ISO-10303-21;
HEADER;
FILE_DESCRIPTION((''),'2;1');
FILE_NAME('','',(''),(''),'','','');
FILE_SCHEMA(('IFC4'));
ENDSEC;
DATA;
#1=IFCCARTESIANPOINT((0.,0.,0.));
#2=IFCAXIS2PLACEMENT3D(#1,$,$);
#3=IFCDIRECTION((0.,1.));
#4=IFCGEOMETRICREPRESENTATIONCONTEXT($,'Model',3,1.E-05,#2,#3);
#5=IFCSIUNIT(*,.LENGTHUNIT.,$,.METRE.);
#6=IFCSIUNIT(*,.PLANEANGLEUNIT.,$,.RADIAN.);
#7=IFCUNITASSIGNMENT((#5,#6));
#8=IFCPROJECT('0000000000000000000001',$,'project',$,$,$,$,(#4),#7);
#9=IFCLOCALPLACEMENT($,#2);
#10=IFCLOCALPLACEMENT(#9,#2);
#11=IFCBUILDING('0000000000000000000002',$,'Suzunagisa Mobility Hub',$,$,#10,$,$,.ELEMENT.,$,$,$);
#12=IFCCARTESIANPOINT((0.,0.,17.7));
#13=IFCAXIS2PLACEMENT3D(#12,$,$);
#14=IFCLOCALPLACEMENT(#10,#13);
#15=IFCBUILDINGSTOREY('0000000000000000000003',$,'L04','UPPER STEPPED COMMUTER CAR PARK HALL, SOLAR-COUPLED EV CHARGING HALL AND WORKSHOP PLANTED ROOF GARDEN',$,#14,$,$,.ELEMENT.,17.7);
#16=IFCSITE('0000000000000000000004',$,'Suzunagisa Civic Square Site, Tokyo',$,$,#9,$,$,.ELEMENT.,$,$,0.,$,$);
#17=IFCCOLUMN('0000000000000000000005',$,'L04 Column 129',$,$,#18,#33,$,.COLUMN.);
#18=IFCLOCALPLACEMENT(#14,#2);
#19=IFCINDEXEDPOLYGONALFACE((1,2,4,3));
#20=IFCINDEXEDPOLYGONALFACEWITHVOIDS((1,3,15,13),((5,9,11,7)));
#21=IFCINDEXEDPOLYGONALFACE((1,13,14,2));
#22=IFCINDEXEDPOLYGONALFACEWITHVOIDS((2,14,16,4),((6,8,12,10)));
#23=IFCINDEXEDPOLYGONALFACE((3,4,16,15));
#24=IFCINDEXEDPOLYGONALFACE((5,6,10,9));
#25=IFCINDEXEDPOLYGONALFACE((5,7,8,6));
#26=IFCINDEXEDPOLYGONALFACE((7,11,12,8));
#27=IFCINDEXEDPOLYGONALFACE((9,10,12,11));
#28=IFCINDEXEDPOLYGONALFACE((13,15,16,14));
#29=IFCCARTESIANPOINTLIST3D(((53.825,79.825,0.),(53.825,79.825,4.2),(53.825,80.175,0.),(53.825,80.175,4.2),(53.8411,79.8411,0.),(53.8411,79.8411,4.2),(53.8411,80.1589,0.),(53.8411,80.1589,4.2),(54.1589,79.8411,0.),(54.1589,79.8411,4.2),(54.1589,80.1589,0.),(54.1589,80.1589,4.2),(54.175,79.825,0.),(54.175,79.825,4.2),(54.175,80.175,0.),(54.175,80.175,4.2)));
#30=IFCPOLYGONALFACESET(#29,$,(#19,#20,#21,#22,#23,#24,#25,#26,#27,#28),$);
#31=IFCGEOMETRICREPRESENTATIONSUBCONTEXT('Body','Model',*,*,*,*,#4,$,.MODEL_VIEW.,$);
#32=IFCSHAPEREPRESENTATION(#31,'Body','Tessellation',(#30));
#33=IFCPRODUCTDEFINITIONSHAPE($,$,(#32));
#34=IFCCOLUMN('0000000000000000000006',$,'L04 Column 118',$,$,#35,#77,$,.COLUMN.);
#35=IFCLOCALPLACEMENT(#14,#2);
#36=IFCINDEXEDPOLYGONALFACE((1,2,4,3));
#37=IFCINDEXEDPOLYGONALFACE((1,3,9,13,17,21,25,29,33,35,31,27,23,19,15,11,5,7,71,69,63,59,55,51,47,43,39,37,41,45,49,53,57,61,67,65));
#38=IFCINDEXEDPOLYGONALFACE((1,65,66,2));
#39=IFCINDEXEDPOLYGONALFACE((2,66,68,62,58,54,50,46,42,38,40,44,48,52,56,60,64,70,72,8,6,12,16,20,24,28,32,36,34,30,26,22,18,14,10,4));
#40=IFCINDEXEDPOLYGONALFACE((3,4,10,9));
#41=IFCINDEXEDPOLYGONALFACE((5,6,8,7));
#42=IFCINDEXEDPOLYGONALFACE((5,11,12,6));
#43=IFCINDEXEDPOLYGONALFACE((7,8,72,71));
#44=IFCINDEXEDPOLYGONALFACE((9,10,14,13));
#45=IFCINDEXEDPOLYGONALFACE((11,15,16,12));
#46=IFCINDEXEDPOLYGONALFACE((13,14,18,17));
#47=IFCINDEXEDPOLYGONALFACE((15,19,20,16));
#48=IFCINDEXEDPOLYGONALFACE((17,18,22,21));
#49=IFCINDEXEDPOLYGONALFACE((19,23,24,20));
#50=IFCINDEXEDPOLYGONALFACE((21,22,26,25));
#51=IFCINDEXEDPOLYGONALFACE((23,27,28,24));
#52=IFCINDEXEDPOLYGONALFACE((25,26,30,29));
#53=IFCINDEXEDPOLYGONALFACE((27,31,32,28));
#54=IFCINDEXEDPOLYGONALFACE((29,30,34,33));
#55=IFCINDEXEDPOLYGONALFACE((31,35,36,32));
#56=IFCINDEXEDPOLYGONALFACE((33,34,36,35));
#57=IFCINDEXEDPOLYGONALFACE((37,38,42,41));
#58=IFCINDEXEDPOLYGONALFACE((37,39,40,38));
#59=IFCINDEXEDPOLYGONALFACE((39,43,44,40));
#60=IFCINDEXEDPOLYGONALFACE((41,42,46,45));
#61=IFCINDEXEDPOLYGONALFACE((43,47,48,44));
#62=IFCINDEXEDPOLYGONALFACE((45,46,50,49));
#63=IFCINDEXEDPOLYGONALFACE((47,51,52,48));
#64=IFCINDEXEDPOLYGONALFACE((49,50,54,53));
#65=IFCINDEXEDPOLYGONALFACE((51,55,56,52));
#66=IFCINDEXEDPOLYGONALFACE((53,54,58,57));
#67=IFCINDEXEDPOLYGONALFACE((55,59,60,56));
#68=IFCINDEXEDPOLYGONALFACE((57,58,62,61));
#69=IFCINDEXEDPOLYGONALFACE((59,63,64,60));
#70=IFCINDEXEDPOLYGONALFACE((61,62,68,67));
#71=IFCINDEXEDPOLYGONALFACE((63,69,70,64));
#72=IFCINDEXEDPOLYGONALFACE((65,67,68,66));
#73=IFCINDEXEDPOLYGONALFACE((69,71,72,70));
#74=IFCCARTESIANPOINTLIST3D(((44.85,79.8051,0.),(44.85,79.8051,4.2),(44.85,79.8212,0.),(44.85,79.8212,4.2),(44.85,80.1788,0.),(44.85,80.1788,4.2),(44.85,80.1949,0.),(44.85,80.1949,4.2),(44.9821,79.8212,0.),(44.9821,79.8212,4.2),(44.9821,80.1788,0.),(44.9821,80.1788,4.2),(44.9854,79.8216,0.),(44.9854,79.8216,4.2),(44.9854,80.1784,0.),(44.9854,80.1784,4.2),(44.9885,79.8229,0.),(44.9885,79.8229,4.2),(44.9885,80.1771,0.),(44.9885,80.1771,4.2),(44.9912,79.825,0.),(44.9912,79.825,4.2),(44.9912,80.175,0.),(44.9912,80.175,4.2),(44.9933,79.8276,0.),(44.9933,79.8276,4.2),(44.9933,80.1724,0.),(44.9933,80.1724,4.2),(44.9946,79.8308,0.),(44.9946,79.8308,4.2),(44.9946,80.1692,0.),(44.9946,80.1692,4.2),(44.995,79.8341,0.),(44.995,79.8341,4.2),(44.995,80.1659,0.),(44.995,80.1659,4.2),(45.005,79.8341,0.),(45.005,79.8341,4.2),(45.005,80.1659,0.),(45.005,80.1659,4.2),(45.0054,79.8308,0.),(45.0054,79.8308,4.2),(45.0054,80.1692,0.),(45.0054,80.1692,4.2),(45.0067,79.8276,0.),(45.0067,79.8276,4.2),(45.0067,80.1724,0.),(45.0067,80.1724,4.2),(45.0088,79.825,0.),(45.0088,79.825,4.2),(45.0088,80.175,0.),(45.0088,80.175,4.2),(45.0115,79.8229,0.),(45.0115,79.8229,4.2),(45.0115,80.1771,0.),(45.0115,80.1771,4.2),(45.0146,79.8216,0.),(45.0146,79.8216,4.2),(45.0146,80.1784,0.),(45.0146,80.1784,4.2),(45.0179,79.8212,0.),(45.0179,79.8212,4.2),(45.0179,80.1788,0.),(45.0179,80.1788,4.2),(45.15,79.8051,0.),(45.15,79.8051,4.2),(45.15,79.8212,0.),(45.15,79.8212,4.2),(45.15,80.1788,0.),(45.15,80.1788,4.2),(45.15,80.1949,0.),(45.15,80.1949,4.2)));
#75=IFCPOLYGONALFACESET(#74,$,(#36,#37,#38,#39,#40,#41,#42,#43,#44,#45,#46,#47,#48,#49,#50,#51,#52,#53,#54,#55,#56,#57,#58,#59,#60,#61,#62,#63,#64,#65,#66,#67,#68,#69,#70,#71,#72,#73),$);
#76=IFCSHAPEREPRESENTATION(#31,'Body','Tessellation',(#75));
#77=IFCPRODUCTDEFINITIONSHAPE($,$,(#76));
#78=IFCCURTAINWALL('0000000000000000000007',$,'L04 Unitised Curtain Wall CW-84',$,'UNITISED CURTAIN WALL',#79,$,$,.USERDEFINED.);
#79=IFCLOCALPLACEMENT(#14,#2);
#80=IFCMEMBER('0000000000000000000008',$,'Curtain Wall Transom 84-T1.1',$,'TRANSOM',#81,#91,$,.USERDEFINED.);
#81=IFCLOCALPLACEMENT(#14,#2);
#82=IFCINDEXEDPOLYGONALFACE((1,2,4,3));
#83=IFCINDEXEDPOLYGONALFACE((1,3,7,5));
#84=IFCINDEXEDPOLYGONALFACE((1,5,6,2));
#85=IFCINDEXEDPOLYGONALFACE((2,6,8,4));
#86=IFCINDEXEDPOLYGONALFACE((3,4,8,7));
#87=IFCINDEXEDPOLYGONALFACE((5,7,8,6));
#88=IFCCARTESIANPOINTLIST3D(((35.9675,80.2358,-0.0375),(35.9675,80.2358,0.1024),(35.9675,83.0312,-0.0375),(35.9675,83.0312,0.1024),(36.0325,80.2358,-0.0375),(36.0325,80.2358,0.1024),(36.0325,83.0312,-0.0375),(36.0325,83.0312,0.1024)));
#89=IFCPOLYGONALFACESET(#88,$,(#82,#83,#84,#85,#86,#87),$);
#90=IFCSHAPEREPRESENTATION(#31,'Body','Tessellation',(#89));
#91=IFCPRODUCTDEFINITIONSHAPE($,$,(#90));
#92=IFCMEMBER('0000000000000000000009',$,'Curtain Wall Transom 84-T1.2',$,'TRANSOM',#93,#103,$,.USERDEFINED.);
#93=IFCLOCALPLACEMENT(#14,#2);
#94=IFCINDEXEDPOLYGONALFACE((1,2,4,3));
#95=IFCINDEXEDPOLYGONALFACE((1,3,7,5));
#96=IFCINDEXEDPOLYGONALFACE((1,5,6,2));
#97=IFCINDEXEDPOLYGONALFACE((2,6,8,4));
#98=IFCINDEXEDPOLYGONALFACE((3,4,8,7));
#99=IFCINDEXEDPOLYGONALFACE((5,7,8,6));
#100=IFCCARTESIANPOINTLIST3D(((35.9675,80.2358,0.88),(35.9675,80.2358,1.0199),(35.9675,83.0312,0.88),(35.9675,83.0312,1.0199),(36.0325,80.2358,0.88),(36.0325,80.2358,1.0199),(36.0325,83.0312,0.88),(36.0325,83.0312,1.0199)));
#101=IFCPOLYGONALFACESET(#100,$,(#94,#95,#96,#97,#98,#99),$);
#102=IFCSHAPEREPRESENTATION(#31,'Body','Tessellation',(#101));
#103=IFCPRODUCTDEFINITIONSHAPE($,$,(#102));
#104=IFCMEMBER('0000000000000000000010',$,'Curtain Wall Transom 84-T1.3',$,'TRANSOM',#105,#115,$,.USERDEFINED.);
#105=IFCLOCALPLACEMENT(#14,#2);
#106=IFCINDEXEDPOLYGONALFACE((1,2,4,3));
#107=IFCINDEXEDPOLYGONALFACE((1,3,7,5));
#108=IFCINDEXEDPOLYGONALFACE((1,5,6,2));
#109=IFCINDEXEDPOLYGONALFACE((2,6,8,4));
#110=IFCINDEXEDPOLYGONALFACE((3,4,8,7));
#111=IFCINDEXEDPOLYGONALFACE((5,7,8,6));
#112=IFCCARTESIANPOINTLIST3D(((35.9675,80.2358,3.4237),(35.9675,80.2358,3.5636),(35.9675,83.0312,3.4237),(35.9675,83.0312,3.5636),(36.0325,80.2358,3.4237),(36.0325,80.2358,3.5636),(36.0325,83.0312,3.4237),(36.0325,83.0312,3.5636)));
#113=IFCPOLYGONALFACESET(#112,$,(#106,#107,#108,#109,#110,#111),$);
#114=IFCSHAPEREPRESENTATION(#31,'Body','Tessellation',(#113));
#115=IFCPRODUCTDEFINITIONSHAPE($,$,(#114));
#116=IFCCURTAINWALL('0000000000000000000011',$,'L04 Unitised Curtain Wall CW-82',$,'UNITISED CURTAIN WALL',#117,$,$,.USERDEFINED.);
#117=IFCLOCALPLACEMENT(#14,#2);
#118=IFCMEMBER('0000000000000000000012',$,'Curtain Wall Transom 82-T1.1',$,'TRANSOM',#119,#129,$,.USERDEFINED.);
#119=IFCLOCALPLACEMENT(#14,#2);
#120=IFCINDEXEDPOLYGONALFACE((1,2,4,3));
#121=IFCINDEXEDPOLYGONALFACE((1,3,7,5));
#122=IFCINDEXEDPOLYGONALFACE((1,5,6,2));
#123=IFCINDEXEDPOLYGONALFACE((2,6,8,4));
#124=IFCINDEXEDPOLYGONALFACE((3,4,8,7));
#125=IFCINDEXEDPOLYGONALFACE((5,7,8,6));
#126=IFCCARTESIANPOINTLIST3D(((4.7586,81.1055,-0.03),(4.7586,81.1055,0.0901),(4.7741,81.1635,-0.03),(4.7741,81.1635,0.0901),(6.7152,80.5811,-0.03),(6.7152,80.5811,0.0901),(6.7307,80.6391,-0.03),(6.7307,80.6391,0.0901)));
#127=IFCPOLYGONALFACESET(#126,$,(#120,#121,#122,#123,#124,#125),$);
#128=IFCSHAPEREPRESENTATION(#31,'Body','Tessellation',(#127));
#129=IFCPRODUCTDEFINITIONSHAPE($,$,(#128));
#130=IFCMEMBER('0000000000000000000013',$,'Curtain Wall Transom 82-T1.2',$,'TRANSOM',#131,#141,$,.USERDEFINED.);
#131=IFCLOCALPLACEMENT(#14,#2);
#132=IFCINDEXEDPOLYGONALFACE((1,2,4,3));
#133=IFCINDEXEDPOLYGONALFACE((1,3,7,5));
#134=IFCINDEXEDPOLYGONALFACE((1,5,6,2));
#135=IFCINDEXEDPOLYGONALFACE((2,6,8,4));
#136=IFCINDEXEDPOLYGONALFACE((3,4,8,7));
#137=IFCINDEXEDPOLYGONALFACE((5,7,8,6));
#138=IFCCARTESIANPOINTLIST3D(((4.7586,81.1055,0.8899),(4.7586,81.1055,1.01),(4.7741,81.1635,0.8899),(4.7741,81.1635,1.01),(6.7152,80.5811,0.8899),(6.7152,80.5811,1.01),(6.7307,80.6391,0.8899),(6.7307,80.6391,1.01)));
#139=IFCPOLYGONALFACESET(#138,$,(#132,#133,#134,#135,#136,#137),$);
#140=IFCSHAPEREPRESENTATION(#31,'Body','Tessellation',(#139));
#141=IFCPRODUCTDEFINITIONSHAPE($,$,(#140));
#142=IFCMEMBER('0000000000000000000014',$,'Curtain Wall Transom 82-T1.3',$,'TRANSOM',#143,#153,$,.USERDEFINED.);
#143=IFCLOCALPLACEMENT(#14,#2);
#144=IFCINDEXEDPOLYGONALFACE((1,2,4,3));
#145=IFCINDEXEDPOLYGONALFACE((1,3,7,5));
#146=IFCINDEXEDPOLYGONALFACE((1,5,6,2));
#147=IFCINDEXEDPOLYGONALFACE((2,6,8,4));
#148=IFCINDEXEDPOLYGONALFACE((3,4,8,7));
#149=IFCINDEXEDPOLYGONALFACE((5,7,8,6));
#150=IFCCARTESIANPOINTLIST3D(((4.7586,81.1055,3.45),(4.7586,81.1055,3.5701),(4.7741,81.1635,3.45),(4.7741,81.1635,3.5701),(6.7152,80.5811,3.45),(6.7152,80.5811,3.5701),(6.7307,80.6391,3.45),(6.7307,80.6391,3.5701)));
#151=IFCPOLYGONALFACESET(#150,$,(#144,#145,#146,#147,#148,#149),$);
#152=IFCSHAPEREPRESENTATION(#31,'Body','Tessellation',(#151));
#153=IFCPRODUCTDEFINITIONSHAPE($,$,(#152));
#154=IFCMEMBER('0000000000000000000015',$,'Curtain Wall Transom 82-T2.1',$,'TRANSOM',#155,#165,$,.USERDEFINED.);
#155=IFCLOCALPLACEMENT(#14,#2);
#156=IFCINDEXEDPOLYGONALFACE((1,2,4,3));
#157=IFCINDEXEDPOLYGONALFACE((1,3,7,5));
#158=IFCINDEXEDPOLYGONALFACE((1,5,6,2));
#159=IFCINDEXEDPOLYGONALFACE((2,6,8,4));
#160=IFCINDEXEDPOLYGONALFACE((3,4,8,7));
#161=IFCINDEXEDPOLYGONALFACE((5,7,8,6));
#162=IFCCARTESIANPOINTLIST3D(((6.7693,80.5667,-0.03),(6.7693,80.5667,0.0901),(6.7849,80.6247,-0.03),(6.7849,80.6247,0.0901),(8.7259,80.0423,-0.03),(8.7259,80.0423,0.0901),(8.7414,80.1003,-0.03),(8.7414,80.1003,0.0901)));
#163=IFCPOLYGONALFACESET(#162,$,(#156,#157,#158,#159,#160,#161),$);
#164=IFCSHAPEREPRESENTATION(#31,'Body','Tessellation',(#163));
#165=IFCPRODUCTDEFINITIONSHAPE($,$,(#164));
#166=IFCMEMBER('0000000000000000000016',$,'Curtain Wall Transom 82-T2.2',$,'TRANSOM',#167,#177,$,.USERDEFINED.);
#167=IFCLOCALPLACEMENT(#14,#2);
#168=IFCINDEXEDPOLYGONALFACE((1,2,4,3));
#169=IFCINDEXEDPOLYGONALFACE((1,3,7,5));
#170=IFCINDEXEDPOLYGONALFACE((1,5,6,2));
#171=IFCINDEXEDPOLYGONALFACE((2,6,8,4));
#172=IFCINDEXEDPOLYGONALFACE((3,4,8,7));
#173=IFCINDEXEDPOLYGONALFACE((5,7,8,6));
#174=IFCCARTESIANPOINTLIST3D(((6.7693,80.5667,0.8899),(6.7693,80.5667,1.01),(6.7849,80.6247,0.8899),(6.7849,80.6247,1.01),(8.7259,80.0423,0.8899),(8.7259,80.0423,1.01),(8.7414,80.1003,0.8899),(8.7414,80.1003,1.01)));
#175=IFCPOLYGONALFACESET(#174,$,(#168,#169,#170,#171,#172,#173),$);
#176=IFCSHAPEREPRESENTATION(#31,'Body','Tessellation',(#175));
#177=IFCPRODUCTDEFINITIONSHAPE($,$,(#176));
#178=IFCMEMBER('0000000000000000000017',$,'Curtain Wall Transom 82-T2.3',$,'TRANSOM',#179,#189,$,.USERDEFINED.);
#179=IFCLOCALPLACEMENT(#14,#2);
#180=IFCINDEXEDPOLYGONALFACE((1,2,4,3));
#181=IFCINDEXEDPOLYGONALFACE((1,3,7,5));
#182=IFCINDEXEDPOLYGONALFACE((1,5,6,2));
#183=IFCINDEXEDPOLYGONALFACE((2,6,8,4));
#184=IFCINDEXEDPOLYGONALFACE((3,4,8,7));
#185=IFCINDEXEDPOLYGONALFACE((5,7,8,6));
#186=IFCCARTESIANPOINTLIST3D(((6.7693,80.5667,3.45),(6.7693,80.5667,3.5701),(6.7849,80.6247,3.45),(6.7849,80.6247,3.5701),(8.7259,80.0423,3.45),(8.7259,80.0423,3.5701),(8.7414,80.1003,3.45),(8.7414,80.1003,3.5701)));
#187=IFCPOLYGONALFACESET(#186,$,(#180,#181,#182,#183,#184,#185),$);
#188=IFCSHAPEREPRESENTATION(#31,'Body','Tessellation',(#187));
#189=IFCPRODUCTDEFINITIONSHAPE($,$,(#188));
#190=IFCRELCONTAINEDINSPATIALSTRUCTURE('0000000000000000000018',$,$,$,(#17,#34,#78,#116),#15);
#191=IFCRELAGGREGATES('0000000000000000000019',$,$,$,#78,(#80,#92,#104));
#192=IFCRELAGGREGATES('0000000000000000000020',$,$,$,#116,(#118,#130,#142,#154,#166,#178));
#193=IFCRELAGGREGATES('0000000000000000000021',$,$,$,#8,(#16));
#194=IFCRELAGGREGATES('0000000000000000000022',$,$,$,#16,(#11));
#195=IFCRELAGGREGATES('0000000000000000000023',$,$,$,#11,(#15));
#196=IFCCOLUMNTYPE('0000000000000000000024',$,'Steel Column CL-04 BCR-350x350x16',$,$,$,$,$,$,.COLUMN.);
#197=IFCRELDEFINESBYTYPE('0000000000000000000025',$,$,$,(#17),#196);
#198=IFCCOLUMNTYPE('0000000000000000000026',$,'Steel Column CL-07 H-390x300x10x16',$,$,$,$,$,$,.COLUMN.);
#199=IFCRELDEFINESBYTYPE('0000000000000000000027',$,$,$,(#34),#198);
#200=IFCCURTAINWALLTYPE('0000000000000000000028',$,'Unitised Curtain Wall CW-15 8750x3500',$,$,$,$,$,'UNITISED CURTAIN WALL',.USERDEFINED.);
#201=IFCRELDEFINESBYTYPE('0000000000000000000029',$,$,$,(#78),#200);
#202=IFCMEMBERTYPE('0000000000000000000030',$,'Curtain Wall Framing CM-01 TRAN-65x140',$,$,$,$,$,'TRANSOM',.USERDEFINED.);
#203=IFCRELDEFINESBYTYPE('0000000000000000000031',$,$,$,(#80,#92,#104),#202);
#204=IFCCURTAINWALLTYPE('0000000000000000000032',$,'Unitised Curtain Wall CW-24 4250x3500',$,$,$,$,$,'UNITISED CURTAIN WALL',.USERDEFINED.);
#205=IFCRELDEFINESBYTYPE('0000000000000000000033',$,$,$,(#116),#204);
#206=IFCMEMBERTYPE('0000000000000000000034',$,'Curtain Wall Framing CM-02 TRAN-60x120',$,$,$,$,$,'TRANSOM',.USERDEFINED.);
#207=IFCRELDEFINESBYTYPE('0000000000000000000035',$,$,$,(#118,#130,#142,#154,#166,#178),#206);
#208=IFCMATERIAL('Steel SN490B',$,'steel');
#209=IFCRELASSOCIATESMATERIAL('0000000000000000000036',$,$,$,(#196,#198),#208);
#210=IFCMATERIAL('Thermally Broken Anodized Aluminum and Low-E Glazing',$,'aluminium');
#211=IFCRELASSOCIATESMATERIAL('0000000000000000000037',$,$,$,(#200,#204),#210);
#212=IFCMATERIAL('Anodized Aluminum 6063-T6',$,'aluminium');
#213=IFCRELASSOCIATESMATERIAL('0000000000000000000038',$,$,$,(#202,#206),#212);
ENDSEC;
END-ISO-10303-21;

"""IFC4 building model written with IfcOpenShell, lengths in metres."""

from ifc_helpers import new_model, si_unit, direction, frame, origin, origin_2d, place, context, subcontext, project, spatial, rectangle, hollow_rectangle, i_section, extrude, material, material_profile, profile_set, type_object, element, aggregate, save


model = new_model("IFC4")

# Units and contexts
model_context = context("Model", 3, precision=1e-05, world=origin(), true_north=direction((0.0, 1.0)))
body_context = subcontext(model_context, "Body", "Model", "MODEL_VIEW")
ifc_project = project(units=[si_unit("LENGTHUNIT", "METRE"), si_unit("PLANEANGLEUNIT", "RADIAN")], contexts=[model_context])

# Site, building, storey
site_placement = place(None, origin())
site = spatial("IfcSite", under=ifc_project, at=site_placement, Name="Suzunagisa Civic Square Site, Tokyo", CompositionType="ELEMENT", RefElevation=0.0)
building_placement = place(site_placement, origin())
building = spatial("IfcBuilding", under=site, at=building_placement, Name="Suzunagisa Mobility Hub", CompositionType="ELEMENT")
storey_placement = place(building_placement, frame((0.0, 0.0, 17.7)))
storey = spatial("IfcBuildingStorey", under=building, at=storey_placement, Name="L04", Description="UPPER STEPPED COMMUTER CAR PARK HALL, SOLAR-COUPLED EV CHARGING HALL AND WORKSHOP PLANTED ROOF GARDEN", CompositionType="ELEMENT", Elevation=17.7)

# Columns
ifc_material_1 = material(Name="Steel SN490B", Category="steel")
ifc_material_profile_1 = material_profile(ifc_material_1, hollow_rectangle(XDim=0.3501, YDim=0.3501, WallThickness=0.0161, at=origin_2d()), Name="BCR-350x350x16")
ifc_profile_set_1 = profile_set([ifc_material_profile_1], Name="Steel SN490B")
column_type_1 = type_object("IfcColumnType", Name="Steel Column CL-04 BCR-350x350x16", PredefinedType="COLUMN", material=ifc_profile_set_1)
column_1_placement = place(storey_placement, frame((54.0, 80.0, 0.0), z_axis=(0.0, 0.0, 1.0), x_axis=(1.0, 0.0, 0.0)))
element("IfcColumn", 1, at=column_1_placement, inside=storey, type_object=column_type_1, Name="L04 Column 129", PredefinedType="COLUMN", context=body_context, shape_type="SweptSolid", body=[
    extrude(hollow_rectangle(XDim=0.3501, YDim=0.3501, WallThickness=0.0161, at=origin_2d()), origin(), (0.0, 0.0, 1.0), 4.2),
])
ifc_material_profile_2 = material_profile(ifc_material_1, i_section(OverallWidth=0.3, OverallDepth=0.3899, WebThickness=0.01, FlangeThickness=0.0161, FilletRadius=0.0129, at=origin_2d()), Name="H-390x300x10x16")
ifc_profile_set_2 = profile_set([ifc_material_profile_2], Name="Steel SN490B")
column_type_2 = type_object("IfcColumnType", Name="Steel Column CL-07 H-390x300x10x16", PredefinedType="COLUMN", material=ifc_profile_set_2)
column_2_placement = place(storey_placement, frame((45.0, 80.0, 0.0), z_axis=(0.0, 0.0, 1.0), x_axis=(1.0, 0.0, 0.0)))
element("IfcColumn", 2, at=column_2_placement, inside=storey, type_object=column_type_2, Name="L04 Column 118", PredefinedType="COLUMN", context=body_context, shape_type="SweptSolid", body=[
    extrude(i_section(OverallWidth=0.3, OverallDepth=0.3899, WebThickness=0.01, FlangeThickness=0.0161, FilletRadius=0.0129, at=origin_2d()), origin(), (0.0, 0.0, 1.0), 4.2),
])

# Curtain walls, members
ifc_material_2 = material(Name="Thermally Broken Anodized Aluminum and Low-E Glazing", Category="aluminium")
curtain_wall_type_1 = type_object("IfcCurtainWallType", Name="Unitised Curtain Wall CW-15 8750x3500", ElementType="UNITISED CURTAIN WALL", PredefinedType="USERDEFINED", material=ifc_material_2)
curtain_wall_1_placement = place(storey_placement, origin())
curtain_wall_1 = element("IfcCurtainWall", 3, at=curtain_wall_1_placement, inside=storey, type_object=curtain_wall_type_1, Name="L04 Unitised Curtain Wall CW-84", ObjectType="UNITISED CURTAIN WALL", PredefinedType="USERDEFINED")
ifc_material_3 = material(Name="Anodized Aluminum 6063-T6", Category="aluminium")
ifc_material_profile_3 = material_profile(ifc_material_3, rectangle(XDim=0.0649, YDim=0.1399, at=origin_2d()), Name="TRAN-65x140")
ifc_profile_set_3 = profile_set([ifc_material_profile_3], Name="Anodized Aluminum 6063-T6")
member_type_1 = type_object("IfcMemberType", Name="Curtain Wall Framing CM-01 TRAN-65x140", ElementType="TRANSOM", PredefinedType="USERDEFINED", material=ifc_profile_set_3)
member_1_placement = place(storey_placement, frame((36.0, 80.2358, 0.0325), z_axis=(0.0, 1.0, 0.0), x_axis=(-1.0, 0.0, 0.0)))
member_1 = element("IfcMember", 4, at=member_1_placement, type_object=member_type_1, Name="Curtain Wall Transom 84-T1.1", ObjectType="TRANSOM", PredefinedType="USERDEFINED", context=body_context, shape_type="SweptSolid", body=[
    extrude(rectangle(XDim=0.0649, YDim=0.1399, at=origin_2d()), origin(), (0.0, 0.0, 1.0), 2.7954),
])
member_2_placement = place(storey_placement, frame((36.0, 80.2358, 0.95), z_axis=(0.0, 1.0, 0.0), x_axis=(-1.0, 0.0, 0.0)))
member_2 = element("IfcMember", 5, at=member_2_placement, type_object=member_type_1, Name="Curtain Wall Transom 84-T1.2", ObjectType="TRANSOM", PredefinedType="USERDEFINED", context=body_context, shape_type="SweptSolid", body=[
    extrude(rectangle(XDim=0.0649, YDim=0.1399, at=origin_2d()), origin(), (0.0, 0.0, 1.0), 2.7954),
])
member_3_placement = place(storey_placement, frame((36.0, 80.2358, 3.4937), z_axis=(0.0, 1.0, 0.0), x_axis=(-1.0, 0.0, 0.0)))
member_3 = element("IfcMember", 6, at=member_3_placement, type_object=member_type_1, Name="Curtain Wall Transom 84-T1.3", ObjectType="TRANSOM", PredefinedType="USERDEFINED", context=body_context, shape_type="SweptSolid", body=[
    extrude(rectangle(XDim=0.0649, YDim=0.1399, at=origin_2d()), origin(), (0.0, 0.0, 1.0), 2.7954),
])
curtain_wall_type_2 = type_object("IfcCurtainWallType", Name="Unitised Curtain Wall CW-24 4250x3500", ElementType="UNITISED CURTAIN WALL", PredefinedType="USERDEFINED", material=ifc_material_2)
curtain_wall_2_placement = place(storey_placement, origin())
curtain_wall_2 = element("IfcCurtainWall", 7, at=curtain_wall_2_placement, inside=storey, type_object=curtain_wall_type_2, Name="L04 Unitised Curtain Wall CW-82", ObjectType="UNITISED CURTAIN WALL", PredefinedType="USERDEFINED")
ifc_material_profile_4 = material_profile(ifc_material_3, rectangle(XDim=0.0601, YDim=0.1201, at=origin_2d()), Name="TRAN-60x120")
ifc_profile_set_4 = profile_set([ifc_material_profile_4], Name="Anodized Aluminum 6063-T6")
member_type_2 = type_object("IfcMemberType", Name="Curtain Wall Framing CM-02 TRAN-60x120", ElementType="TRANSOM", PredefinedType="USERDEFINED", material=ifc_profile_set_4)
member_4_placement = place(storey_placement, frame((4.7664, 81.1345, 0.03), z_axis=(0.965906, -0.258893, 0.0), x_axis=(0.258893, 0.965906, 0.0)))
member_4 = element("IfcMember", 8, at=member_4_placement, type_object=member_type_2, Name="Curtain Wall Transom 82-T1.1", ObjectType="TRANSOM", PredefinedType="USERDEFINED", context=body_context, shape_type="SweptSolid", body=[
    extrude(rectangle(XDim=0.0601, YDim=0.1201, at=origin_2d()), origin(), (0.0, 0.0, 1.0), 2.0256),
])
member_5_placement = place(storey_placement, frame((4.7664, 81.1345, 0.95), z_axis=(0.965906, -0.258893, 0.0), x_axis=(0.258893, 0.965906, 0.0)))
member_5 = element("IfcMember", 9, at=member_5_placement, type_object=member_type_2, Name="Curtain Wall Transom 82-T1.2", ObjectType="TRANSOM", PredefinedType="USERDEFINED", context=body_context, shape_type="SweptSolid", body=[
    extrude(rectangle(XDim=0.0601, YDim=0.1201, at=origin_2d()), origin(), (0.0, 0.0, 1.0), 2.0256),
])
member_6_placement = place(storey_placement, frame((4.7664, 81.1345, 3.51), z_axis=(0.965906, -0.258893, 0.0), x_axis=(0.258893, 0.965906, 0.0)))
member_6 = element("IfcMember", 10, at=member_6_placement, type_object=member_type_2, Name="Curtain Wall Transom 82-T1.3", ObjectType="TRANSOM", PredefinedType="USERDEFINED", context=body_context, shape_type="SweptSolid", body=[
    extrude(rectangle(XDim=0.0601, YDim=0.1201, at=origin_2d()), origin(), (0.0, 0.0, 1.0), 2.0256),
])
member_7_placement = place(storey_placement, frame((6.7771, 80.5957, 0.03), z_axis=(0.965906, -0.258893, 0.0), x_axis=(0.258893, 0.965906, 0.0)))
member_7 = element("IfcMember", 11, at=member_7_placement, type_object=member_type_2, Name="Curtain Wall Transom 82-T2.1", ObjectType="TRANSOM", PredefinedType="USERDEFINED", context=body_context, shape_type="SweptSolid", body=[
    extrude(rectangle(XDim=0.0601, YDim=0.1201, at=origin_2d()), origin(), (0.0, 0.0, 1.0), 2.0256),
])
member_8_placement = place(storey_placement, frame((6.7771, 80.5957, 0.95), z_axis=(0.965906, -0.258893, 0.0), x_axis=(0.258893, 0.965906, 0.0)))
member_8 = element("IfcMember", 12, at=member_8_placement, type_object=member_type_2, Name="Curtain Wall Transom 82-T2.2", ObjectType="TRANSOM", PredefinedType="USERDEFINED", context=body_context, shape_type="SweptSolid", body=[
    extrude(rectangle(XDim=0.0601, YDim=0.1201, at=origin_2d()), origin(), (0.0, 0.0, 1.0), 2.0256),
])
member_9_placement = place(storey_placement, frame((6.7771, 80.5957, 3.51), z_axis=(0.965906, -0.258893, 0.0), x_axis=(0.258893, 0.965906, 0.0)))
member_9 = element("IfcMember", 13, at=member_9_placement, type_object=member_type_2, Name="Curtain Wall Transom 82-T2.3", ObjectType="TRANSOM", PredefinedType="USERDEFINED", context=body_context, shape_type="SweptSolid", body=[
    extrude(rectangle(XDim=0.0601, YDim=0.1201, at=origin_2d()), origin(), (0.0, 0.0, 1.0), 2.0256),
])

aggregate(curtain_wall_1, [member_1, member_2, member_3])

aggregate(curtain_wall_2, [member_4, member_5, member_6, member_7, member_8, member_9])

save(model, "model.ifc")
